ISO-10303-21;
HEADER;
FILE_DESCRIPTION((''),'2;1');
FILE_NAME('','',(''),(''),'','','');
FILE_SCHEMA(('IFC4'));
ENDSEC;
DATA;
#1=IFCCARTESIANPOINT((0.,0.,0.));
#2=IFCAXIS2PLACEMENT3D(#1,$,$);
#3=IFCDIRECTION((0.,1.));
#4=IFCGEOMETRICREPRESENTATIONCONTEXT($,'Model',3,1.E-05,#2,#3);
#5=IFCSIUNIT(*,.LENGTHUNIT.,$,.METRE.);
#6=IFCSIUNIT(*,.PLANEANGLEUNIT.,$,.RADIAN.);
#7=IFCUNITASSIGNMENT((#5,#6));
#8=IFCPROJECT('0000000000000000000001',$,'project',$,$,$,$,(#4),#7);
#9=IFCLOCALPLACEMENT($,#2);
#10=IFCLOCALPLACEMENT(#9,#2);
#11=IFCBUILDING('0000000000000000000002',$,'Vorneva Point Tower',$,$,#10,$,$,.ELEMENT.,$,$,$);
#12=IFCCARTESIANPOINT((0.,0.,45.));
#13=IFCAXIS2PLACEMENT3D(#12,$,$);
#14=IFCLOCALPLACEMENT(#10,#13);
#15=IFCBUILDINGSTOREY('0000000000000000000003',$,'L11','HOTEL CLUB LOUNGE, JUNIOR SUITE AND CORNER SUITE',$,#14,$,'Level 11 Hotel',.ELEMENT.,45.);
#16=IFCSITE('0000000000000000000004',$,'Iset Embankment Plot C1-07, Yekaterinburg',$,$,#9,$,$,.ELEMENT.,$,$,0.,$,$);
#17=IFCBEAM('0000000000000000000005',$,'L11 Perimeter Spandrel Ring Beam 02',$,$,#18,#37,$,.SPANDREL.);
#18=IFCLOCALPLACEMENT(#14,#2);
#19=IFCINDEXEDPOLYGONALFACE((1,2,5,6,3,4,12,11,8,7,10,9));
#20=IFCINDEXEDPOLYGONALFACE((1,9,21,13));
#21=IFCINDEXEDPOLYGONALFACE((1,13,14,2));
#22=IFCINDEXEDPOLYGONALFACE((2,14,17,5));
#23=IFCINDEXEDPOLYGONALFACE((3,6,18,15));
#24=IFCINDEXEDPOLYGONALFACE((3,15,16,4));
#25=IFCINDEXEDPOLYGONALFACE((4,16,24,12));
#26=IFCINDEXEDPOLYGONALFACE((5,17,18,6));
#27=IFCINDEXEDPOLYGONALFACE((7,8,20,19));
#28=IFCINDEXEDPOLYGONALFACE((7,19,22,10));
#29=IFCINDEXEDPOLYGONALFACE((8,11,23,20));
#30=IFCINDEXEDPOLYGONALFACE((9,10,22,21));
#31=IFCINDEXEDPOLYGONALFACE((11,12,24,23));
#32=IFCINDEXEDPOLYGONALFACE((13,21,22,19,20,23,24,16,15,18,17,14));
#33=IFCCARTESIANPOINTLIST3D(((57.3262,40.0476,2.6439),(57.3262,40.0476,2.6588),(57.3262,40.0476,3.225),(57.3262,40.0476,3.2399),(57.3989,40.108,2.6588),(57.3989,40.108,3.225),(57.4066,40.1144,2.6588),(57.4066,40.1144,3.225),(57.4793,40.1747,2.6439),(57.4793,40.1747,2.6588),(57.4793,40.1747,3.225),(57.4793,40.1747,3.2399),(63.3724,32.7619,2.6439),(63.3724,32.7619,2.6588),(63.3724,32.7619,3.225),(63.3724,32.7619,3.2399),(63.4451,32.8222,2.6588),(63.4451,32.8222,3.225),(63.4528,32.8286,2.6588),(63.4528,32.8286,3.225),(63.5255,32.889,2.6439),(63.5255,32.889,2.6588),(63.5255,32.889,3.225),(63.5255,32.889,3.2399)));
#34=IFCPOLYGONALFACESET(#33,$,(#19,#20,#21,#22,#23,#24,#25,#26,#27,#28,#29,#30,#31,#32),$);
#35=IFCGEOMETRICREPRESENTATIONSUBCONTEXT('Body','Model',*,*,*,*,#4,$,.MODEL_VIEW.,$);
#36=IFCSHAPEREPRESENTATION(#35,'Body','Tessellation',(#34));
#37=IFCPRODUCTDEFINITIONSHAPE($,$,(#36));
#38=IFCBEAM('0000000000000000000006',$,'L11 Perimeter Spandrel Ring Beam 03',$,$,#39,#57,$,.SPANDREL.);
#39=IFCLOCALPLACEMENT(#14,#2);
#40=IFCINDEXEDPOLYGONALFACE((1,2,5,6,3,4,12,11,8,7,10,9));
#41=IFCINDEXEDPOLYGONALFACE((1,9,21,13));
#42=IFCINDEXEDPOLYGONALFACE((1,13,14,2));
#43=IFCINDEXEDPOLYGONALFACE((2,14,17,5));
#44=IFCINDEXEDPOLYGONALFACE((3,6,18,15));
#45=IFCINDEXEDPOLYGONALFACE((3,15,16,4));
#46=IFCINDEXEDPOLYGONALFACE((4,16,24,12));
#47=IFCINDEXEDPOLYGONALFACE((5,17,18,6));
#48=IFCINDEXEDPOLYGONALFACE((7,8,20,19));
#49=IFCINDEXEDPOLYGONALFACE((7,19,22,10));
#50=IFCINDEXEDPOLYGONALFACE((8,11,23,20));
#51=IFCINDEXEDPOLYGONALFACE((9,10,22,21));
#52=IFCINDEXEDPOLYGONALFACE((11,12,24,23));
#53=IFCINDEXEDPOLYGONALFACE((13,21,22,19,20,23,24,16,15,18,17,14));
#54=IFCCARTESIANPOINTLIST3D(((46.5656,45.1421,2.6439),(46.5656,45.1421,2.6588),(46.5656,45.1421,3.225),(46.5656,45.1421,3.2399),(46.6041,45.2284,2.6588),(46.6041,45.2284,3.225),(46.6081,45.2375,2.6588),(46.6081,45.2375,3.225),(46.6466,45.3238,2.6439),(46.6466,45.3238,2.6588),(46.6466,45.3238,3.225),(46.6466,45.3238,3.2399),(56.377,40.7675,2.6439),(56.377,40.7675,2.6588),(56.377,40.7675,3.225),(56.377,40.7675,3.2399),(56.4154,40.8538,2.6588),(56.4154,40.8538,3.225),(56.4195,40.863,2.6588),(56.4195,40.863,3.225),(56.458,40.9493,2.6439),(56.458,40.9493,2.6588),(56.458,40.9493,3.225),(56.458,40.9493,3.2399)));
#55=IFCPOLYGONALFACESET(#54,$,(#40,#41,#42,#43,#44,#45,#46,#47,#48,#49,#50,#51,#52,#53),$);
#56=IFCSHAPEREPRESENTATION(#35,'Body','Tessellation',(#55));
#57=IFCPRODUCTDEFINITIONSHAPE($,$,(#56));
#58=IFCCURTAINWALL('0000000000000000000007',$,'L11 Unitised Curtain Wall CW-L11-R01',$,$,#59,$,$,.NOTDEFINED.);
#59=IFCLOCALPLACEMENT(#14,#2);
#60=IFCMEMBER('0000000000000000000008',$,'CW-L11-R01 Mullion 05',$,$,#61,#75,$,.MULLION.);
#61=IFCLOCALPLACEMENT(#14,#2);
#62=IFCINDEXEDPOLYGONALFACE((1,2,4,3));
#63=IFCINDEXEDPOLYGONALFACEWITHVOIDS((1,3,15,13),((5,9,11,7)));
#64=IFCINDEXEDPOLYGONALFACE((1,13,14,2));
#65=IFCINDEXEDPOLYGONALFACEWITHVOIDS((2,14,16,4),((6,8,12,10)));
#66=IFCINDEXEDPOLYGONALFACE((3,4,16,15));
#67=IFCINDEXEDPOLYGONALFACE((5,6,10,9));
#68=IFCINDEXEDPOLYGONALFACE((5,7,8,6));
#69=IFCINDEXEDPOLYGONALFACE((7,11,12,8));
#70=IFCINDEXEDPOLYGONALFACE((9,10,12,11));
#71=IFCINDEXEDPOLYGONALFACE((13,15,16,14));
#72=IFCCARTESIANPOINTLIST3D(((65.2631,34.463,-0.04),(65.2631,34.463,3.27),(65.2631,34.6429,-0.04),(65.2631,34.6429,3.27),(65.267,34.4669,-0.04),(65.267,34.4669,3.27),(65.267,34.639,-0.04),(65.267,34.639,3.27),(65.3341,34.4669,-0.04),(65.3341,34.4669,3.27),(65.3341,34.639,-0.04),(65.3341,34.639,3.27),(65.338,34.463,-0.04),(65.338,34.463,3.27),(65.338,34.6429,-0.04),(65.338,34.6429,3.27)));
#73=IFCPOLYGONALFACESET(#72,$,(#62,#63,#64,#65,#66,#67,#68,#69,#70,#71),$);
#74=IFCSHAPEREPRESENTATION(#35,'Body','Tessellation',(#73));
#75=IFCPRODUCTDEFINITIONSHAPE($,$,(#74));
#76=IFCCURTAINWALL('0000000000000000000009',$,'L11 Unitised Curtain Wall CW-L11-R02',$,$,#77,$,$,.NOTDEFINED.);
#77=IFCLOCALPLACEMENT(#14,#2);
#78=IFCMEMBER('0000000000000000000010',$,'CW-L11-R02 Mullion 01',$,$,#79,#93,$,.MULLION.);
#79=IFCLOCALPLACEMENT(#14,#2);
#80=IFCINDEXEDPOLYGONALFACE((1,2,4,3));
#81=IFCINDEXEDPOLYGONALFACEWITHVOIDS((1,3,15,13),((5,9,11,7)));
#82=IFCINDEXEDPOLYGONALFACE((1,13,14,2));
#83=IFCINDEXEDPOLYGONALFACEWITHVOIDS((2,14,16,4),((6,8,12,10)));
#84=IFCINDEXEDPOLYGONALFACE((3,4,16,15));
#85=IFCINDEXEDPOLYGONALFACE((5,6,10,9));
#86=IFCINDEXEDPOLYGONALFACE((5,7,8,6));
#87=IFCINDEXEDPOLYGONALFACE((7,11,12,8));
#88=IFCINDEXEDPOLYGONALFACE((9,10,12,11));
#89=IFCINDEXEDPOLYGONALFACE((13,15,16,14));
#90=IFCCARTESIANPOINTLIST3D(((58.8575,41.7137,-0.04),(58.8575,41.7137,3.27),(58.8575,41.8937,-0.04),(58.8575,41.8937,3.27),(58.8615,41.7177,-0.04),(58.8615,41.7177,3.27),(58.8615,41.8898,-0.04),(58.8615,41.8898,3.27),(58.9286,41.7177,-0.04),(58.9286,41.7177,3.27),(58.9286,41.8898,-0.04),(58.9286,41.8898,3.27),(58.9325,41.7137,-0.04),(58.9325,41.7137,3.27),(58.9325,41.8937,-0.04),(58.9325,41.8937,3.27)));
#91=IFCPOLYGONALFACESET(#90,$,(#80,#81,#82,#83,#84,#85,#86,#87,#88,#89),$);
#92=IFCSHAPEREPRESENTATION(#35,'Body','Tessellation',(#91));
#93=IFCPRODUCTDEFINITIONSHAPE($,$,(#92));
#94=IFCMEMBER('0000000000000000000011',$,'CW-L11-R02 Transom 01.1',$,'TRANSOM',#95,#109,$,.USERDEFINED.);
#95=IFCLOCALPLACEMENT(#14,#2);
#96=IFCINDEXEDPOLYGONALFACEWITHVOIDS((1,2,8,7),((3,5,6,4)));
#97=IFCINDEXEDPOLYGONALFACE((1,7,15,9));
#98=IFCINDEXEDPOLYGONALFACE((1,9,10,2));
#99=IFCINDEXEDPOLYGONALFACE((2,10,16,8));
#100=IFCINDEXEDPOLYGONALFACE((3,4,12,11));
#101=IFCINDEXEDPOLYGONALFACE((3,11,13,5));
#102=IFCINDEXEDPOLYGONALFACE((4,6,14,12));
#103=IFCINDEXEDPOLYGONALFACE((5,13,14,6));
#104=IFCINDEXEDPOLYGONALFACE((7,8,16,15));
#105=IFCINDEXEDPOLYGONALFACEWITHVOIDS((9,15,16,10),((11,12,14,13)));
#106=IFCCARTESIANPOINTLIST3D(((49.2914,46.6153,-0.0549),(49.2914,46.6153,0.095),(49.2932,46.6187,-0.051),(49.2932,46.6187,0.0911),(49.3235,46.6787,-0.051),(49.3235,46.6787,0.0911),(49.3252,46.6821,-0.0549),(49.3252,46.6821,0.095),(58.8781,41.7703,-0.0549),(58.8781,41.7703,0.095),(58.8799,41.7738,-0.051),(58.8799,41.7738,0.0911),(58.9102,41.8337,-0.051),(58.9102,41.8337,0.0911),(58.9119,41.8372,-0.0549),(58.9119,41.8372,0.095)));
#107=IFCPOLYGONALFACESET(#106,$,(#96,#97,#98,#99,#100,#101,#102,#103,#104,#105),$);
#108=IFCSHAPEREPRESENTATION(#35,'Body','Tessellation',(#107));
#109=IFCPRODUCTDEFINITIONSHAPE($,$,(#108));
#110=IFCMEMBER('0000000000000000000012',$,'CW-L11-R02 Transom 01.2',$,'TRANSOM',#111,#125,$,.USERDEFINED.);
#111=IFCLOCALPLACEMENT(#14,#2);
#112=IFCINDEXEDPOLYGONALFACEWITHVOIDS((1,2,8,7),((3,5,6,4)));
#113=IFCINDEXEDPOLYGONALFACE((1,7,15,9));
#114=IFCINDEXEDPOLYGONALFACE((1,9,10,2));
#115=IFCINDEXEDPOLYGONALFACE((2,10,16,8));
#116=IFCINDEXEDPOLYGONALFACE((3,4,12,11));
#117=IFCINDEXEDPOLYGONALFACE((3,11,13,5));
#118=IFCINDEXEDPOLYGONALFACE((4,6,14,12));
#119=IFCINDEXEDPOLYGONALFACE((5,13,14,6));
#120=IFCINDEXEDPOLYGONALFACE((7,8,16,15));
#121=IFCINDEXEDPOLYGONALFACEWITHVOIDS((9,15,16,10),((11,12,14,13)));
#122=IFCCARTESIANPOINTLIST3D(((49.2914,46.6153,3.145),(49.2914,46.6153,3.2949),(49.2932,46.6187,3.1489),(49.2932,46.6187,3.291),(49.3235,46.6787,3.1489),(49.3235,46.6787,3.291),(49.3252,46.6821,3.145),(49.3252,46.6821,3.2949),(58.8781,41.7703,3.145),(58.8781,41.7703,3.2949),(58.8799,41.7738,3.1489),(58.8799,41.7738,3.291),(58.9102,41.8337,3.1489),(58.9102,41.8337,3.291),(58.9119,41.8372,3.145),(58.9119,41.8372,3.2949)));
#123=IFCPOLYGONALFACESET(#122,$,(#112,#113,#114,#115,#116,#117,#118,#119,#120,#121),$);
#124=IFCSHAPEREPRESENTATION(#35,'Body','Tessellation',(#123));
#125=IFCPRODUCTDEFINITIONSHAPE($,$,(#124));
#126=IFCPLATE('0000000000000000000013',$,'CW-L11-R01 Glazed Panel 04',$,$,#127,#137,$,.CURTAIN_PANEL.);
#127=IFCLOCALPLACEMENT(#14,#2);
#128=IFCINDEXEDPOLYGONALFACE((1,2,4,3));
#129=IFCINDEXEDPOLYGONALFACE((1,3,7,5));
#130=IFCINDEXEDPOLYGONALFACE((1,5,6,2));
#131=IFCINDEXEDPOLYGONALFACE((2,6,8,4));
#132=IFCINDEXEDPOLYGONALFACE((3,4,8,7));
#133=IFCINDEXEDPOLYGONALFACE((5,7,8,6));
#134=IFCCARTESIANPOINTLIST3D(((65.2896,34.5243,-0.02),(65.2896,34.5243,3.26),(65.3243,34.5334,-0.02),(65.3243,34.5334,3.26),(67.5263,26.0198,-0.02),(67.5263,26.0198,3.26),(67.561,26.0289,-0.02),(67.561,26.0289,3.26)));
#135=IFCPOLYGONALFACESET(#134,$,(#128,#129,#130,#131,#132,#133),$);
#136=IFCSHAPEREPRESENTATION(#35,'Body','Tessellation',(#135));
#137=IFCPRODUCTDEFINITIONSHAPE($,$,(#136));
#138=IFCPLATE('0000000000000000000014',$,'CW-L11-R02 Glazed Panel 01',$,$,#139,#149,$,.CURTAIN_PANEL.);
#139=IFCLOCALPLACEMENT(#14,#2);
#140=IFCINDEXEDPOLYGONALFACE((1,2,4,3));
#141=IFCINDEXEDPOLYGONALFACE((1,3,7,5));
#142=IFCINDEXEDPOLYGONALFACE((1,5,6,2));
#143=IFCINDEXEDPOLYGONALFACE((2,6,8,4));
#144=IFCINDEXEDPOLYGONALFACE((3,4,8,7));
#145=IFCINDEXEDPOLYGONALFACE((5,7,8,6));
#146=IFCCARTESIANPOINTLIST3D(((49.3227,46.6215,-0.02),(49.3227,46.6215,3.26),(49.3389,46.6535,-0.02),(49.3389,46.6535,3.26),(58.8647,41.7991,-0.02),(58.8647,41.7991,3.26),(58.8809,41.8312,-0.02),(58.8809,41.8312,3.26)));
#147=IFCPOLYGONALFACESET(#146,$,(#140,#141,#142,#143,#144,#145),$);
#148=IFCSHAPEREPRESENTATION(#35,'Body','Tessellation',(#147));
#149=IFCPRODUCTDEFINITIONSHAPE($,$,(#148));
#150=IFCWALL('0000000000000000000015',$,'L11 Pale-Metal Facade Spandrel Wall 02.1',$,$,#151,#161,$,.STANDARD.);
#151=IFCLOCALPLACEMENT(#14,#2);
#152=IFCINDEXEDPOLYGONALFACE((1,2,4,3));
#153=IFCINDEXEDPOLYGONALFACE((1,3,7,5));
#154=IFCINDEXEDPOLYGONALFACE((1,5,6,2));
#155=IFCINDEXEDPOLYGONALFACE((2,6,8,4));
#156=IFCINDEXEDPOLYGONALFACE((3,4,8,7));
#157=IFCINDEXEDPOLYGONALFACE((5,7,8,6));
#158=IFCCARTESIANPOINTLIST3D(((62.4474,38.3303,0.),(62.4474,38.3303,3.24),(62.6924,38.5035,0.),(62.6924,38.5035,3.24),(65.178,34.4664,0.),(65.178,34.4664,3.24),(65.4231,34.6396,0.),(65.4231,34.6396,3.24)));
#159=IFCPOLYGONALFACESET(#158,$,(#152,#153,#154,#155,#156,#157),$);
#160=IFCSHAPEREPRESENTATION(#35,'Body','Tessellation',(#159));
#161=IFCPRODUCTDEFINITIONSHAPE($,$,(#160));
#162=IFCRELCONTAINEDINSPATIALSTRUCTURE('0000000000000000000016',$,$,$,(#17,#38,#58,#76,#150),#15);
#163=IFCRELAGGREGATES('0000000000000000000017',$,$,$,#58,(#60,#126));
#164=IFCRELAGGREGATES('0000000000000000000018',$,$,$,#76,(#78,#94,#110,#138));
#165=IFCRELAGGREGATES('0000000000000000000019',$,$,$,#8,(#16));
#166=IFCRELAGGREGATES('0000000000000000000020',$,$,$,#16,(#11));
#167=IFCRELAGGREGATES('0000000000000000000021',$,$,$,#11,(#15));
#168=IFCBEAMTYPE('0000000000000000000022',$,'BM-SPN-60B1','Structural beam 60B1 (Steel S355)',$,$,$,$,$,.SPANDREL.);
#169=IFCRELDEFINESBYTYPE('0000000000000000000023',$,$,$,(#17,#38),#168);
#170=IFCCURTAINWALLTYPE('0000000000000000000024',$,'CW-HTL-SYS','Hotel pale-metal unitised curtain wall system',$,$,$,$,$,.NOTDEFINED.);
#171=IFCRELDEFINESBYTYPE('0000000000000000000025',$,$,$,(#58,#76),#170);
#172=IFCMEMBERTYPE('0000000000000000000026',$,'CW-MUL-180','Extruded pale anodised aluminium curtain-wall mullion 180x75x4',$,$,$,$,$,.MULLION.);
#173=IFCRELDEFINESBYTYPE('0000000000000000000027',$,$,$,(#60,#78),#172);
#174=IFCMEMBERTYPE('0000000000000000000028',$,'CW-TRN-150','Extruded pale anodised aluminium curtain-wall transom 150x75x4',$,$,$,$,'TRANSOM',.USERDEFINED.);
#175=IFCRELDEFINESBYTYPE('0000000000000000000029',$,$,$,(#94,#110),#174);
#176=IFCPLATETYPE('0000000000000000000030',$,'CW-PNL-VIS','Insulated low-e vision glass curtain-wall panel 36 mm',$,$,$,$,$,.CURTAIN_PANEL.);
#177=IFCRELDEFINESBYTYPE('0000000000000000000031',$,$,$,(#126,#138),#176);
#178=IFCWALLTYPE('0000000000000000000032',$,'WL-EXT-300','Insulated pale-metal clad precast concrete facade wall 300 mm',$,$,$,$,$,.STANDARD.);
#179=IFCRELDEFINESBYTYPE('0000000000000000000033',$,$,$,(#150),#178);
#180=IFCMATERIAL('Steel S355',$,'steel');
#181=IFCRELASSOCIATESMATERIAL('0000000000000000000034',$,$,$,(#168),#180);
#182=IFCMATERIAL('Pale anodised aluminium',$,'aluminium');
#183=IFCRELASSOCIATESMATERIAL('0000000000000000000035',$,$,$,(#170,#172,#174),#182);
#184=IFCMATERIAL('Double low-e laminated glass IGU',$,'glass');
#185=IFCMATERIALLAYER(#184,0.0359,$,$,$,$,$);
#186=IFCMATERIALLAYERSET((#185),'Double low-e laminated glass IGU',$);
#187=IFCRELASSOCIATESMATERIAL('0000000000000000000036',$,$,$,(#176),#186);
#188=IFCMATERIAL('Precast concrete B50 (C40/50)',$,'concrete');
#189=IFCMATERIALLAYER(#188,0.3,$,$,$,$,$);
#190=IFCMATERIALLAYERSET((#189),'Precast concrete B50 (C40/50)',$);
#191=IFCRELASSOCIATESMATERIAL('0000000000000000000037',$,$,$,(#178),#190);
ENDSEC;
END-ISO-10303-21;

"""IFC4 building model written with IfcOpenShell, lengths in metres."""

from ifc_helpers import new_model, si_unit, direction, frame, frame_2d, origin, origin_2d, place, context, subcontext, project, spatial, rectangle, hollow_rectangle, i_section, extrude, material, layer, layer_set, material_profile, profile_set, type_object, element, aggregate, save


model = new_model("IFC4")

# Units and contexts
model_context = context("Model", 3, precision=1e-05, world=origin(), true_north=direction((0.0, 1.0)))
body_context = subcontext(model_context, "Body", "Model", "MODEL_VIEW")
ifc_project = project(units=[si_unit("LENGTHUNIT", "METRE"), si_unit("PLANEANGLEUNIT", "RADIAN")], contexts=[model_context])

# Site, building, storey
site_placement = place(None, origin())
site = spatial("IfcSite", under=ifc_project, at=site_placement, Name="Iset Embankment Plot C1-07, Yekaterinburg", CompositionType="ELEMENT", RefElevation=0.0)
building_placement = place(site_placement, origin())
building = spatial("IfcBuilding", under=site, at=building_placement, Name="Vorneva Point Tower", CompositionType="ELEMENT")
storey_placement = place(building_placement, frame((0.0, 0.0, 45.0)))
storey = spatial("IfcBuildingStorey", under=building, at=storey_placement, Name="L11", Description="HOTEL CLUB LOUNGE, JUNIOR SUITE AND CORNER SUITE", LongName="Level 11 Hotel", CompositionType="ELEMENT", Elevation=45.0)

# Beams
ifc_material_1 = material(Name="Steel S355", Category="steel")
ifc_material_profile_1 = material_profile(ifc_material_1, i_section(OverallWidth=0.199, OverallDepth=0.5959, WebThickness=0.01, FlangeThickness=0.0149, at=origin_2d()), Name="60B1")
ifc_profile_set_1 = profile_set([ifc_material_profile_1], Name="Steel S355")
beam_type_1 = type_object("IfcBeamType", Name="BM-SPN-60B1", Description="Structural beam 60B1 (Steel S355)", PredefinedType="SPANDREL", material=ifc_profile_set_1)
beam_1_placement = place(storey_placement, frame((63.449, 32.8254, 2.9419), z_axis=(-0.63861, 0.76953, 0.0), x_axis=(-0.76953, -0.63861, 0.0)))
element("IfcBeam", 1, at=beam_1_placement, inside=storey, type_object=beam_type_1, Name="L11 Perimeter Spandrel Ring Beam 02", PredefinedType="SPANDREL", context=body_context, shape_type="SweptSolid", body=[
    extrude(i_section(OverallWidth=0.199, OverallDepth=0.5959, WebThickness=0.01, FlangeThickness=0.0149, at=origin_2d()), origin(), (0.0, 0.0, 1.0), 9.4678),
])
beam_2_placement = place(storey_placement, frame((56.4175, 40.8584, 2.9419), z_axis=(-0.913329, 0.407222, 0.0), x_axis=(-0.407222, -0.913329, 0.0)))
element("IfcBeam", 2, at=beam_2_placement, inside=storey, type_object=beam_type_1, Name="L11 Perimeter Spandrel Ring Beam 03", PredefinedType="SPANDREL", context=body_context, shape_type="SweptSolid", body=[
    extrude(i_section(OverallWidth=0.199, OverallDepth=0.5959, WebThickness=0.01, FlangeThickness=0.0149, at=origin_2d()), origin(), (0.0, 0.0, 1.0), 10.7424),
])

# Curtain wall, member
ifc_material_2 = material(Name="Pale anodised aluminium", Category="aluminium")
curtain_wall_type = type_object("IfcCurtainWallType", Name="CW-HTL-SYS", Description="Hotel pale-metal unitised curtain wall system", PredefinedType="NOTDEFINED", material=ifc_material_2)
curtain_wall_1_placement = place(storey_placement, origin())
curtain_wall_1 = element("IfcCurtainWall", 3, at=curtain_wall_1_placement, inside=storey, type_object=curtain_wall_type, Name="L11 Unitised Curtain Wall CW-L11-R01", PredefinedType="NOTDEFINED")
ifc_material_profile_2 = material_profile(ifc_material_2, hollow_rectangle(XDim=0.075, YDim=0.1799, WallThickness=0.0039, at=origin_2d()), Name="AL-MUL 180x75x4")
ifc_profile_set_2 = profile_set([ifc_material_profile_2], Name="Pale anodised aluminium")
member_type_1 = type_object("IfcMemberType", Name="CW-MUL-180", Description="Extruded pale anodised aluminium curtain-wall mullion 180x75x4", PredefinedType="MULLION", material=ifc_profile_set_2)
member_1_placement = place(storey_placement, frame((65.3005, 34.553, -0.04), z_axis=(0.0, 0.0, 1.0), x_axis=(1.0, 0.0, 0.0)))
member_1 = element("IfcMember", 4, at=member_1_placement, type_object=member_type_1, Name="CW-L11-R01 Mullion 05", PredefinedType="MULLION", context=body_context, shape_type="SweptSolid", body=[
    extrude(hollow_rectangle(XDim=0.075, YDim=0.1799, WallThickness=0.0039, at=origin_2d()), origin(), (0.0, 0.0, 1.0), 3.3101),
])

# Curtain wall, members
curtain_wall_2_placement = place(storey_placement, origin())
curtain_wall_2 = element("IfcCurtainWall", 5, at=curtain_wall_2_placement, inside=storey, type_object=curtain_wall_type, Name="L11 Unitised Curtain Wall CW-L11-R02", PredefinedType="NOTDEFINED")
member_2_placement = place(storey_placement, frame((58.895, 41.8037, -0.04), z_axis=(0.0, 0.0, 1.0), x_axis=(1.0, 0.0, 0.0)))
member_2 = element("IfcMember", 6, at=member_2_placement, type_object=member_type_1, Name="CW-L11-R02 Mullion 01", PredefinedType="MULLION", context=body_context, shape_type="SweptSolid", body=[
    extrude(hollow_rectangle(XDim=0.075, YDim=0.1799, WallThickness=0.0039, at=origin_2d()), origin(), (0.0, 0.0, 1.0), 3.3101),
])
ifc_material_profile_3 = material_profile(ifc_material_2, hollow_rectangle(XDim=0.075, YDim=0.1499, WallThickness=0.0039, at=origin_2d()), Name="AL-TRN 150x75x4")
ifc_profile_set_3 = profile_set([ifc_material_profile_3], Name="Pale anodised aluminium")
member_type_2 = type_object("IfcMemberType", Name="CW-TRN-150", Description="Extruded pale anodised aluminium curtain-wall transom 150x75x4", ElementType="TRANSOM", PredefinedType="USERDEFINED", material=ifc_profile_set_3)
member_3_placement = place(storey_placement, frame((58.895, 41.8037, 0.02), z_axis=(-0.892496, 0.451055, 0.0), x_axis=(-0.451055, -0.892496, 0.0)))
member_3 = element("IfcMember", 7, at=member_3_placement, type_object=member_type_2, Name="CW-L11-R02 Transom 01.1", ObjectType="TRANSOM", PredefinedType="USERDEFINED", context=body_context, shape_type="SweptSolid", body=[
    extrude(hollow_rectangle(XDim=0.075, YDim=0.1499, WallThickness=0.0039, at=origin_2d()), origin(), (0.0, 0.0, 1.0), 10.7415),
])
member_4_placement = place(storey_placement, frame((58.895, 41.8037, 3.22), z_axis=(-0.892496, 0.451055, 0.0), x_axis=(-0.451055, -0.892496, 0.0)))
member_4 = element("IfcMember", 8, at=member_4_placement, type_object=member_type_2, Name="CW-L11-R02 Transom 01.2", ObjectType="TRANSOM", PredefinedType="USERDEFINED", context=body_context, shape_type="SweptSolid", body=[
    extrude(hollow_rectangle(XDim=0.075, YDim=0.1499, WallThickness=0.0039, at=origin_2d()), origin(), (0.0, 0.0, 1.0), 10.7415),
])

# Plates
ifc_material_3 = material(Name="Double low-e laminated glass IGU", Category="glass")
ifc_layer_1 = layer(ifc_material_3, 0.0359)
ifc_layer_set_1 = layer_set([ifc_layer_1], Name="Double low-e laminated glass IGU")
plate_type = type_object("IfcPlateType", Name="CW-PNL-VIS", Description="Insulated low-e vision glass curtain-wall panel 36 mm", PredefinedType="CURTAIN_PANEL", material=ifc_layer_set_1)
plate_1_placement = place(storey_placement, frame((66.4253, 30.2766, -0.02), z_axis=(0.0, 0.0, 1.0), x_axis=(-0.254349, 0.967113, 0.0)))
plate_1 = element("IfcPlate", 9, at=plate_1_placement, type_object=plate_type, Name="CW-L11-R01 Glazed Panel 04", PredefinedType="CURTAIN_PANEL", context=body_context, shape_type="SweptSolid", body=[
    extrude(rectangle(XDim=8.7937, YDim=0.0359, at=origin_2d()), origin(), (0.0, 0.0, 1.0), 3.28),
])
aggregate(curtain_wall_1, [member_1, plate_1])
plate_2_placement = place(storey_placement, frame((54.1018, 44.2263, -0.02), z_axis=(0.0, 0.0, 1.0), x_axis=(-0.892499, 0.451049, 0.0)))
plate_2 = element("IfcPlate", 10, at=plate_2_placement, type_object=plate_type, Name="CW-L11-R02 Glazed Panel 01", PredefinedType="CURTAIN_PANEL", context=body_context, shape_type="SweptSolid", body=[
    extrude(rectangle(XDim=10.6914, YDim=0.0359, at=origin_2d()), origin(), (0.0, 0.0, 1.0), 3.28),
])
aggregate(curtain_wall_2, [member_2, member_3, member_4, plate_2])

# Wall
ifc_material_4 = material(Name="Precast concrete B50 (C40/50)", Category="concrete")
ifc_layer_2 = layer(ifc_material_4, 0.3)
ifc_layer_set_2 = layer_set([ifc_layer_2], Name="Precast concrete B50 (C40/50)")
wall_type_1 = type_object("IfcWallType", Name="WL-EXT-300", Description="Insulated pale-metal clad precast concrete facade wall 300 mm", PredefinedType="STANDARD", material=ifc_layer_set_2)
wall_1_placement = place(storey_placement, frame((65.3005, 34.553, 0.0), z_axis=(0.0, 0.0, 1.0), x_axis=(-0.577131, 0.816652, 0.0)))
element("IfcWall", 11, at=wall_1_placement, inside=storey, type_object=wall_type_1, Name="L11 Pale-Metal Facade Spandrel Wall 02.1", PredefinedType="STANDARD", context=body_context, shape_type="SweptSolid", body=[
    extrude(rectangle(XDim=4.7314, YDim=0.3, at=frame_2d((2.3657, 0.0))), origin(), (0.0, 0.0, 1.0), 3.24),
])

save(model, "model.ifc")
